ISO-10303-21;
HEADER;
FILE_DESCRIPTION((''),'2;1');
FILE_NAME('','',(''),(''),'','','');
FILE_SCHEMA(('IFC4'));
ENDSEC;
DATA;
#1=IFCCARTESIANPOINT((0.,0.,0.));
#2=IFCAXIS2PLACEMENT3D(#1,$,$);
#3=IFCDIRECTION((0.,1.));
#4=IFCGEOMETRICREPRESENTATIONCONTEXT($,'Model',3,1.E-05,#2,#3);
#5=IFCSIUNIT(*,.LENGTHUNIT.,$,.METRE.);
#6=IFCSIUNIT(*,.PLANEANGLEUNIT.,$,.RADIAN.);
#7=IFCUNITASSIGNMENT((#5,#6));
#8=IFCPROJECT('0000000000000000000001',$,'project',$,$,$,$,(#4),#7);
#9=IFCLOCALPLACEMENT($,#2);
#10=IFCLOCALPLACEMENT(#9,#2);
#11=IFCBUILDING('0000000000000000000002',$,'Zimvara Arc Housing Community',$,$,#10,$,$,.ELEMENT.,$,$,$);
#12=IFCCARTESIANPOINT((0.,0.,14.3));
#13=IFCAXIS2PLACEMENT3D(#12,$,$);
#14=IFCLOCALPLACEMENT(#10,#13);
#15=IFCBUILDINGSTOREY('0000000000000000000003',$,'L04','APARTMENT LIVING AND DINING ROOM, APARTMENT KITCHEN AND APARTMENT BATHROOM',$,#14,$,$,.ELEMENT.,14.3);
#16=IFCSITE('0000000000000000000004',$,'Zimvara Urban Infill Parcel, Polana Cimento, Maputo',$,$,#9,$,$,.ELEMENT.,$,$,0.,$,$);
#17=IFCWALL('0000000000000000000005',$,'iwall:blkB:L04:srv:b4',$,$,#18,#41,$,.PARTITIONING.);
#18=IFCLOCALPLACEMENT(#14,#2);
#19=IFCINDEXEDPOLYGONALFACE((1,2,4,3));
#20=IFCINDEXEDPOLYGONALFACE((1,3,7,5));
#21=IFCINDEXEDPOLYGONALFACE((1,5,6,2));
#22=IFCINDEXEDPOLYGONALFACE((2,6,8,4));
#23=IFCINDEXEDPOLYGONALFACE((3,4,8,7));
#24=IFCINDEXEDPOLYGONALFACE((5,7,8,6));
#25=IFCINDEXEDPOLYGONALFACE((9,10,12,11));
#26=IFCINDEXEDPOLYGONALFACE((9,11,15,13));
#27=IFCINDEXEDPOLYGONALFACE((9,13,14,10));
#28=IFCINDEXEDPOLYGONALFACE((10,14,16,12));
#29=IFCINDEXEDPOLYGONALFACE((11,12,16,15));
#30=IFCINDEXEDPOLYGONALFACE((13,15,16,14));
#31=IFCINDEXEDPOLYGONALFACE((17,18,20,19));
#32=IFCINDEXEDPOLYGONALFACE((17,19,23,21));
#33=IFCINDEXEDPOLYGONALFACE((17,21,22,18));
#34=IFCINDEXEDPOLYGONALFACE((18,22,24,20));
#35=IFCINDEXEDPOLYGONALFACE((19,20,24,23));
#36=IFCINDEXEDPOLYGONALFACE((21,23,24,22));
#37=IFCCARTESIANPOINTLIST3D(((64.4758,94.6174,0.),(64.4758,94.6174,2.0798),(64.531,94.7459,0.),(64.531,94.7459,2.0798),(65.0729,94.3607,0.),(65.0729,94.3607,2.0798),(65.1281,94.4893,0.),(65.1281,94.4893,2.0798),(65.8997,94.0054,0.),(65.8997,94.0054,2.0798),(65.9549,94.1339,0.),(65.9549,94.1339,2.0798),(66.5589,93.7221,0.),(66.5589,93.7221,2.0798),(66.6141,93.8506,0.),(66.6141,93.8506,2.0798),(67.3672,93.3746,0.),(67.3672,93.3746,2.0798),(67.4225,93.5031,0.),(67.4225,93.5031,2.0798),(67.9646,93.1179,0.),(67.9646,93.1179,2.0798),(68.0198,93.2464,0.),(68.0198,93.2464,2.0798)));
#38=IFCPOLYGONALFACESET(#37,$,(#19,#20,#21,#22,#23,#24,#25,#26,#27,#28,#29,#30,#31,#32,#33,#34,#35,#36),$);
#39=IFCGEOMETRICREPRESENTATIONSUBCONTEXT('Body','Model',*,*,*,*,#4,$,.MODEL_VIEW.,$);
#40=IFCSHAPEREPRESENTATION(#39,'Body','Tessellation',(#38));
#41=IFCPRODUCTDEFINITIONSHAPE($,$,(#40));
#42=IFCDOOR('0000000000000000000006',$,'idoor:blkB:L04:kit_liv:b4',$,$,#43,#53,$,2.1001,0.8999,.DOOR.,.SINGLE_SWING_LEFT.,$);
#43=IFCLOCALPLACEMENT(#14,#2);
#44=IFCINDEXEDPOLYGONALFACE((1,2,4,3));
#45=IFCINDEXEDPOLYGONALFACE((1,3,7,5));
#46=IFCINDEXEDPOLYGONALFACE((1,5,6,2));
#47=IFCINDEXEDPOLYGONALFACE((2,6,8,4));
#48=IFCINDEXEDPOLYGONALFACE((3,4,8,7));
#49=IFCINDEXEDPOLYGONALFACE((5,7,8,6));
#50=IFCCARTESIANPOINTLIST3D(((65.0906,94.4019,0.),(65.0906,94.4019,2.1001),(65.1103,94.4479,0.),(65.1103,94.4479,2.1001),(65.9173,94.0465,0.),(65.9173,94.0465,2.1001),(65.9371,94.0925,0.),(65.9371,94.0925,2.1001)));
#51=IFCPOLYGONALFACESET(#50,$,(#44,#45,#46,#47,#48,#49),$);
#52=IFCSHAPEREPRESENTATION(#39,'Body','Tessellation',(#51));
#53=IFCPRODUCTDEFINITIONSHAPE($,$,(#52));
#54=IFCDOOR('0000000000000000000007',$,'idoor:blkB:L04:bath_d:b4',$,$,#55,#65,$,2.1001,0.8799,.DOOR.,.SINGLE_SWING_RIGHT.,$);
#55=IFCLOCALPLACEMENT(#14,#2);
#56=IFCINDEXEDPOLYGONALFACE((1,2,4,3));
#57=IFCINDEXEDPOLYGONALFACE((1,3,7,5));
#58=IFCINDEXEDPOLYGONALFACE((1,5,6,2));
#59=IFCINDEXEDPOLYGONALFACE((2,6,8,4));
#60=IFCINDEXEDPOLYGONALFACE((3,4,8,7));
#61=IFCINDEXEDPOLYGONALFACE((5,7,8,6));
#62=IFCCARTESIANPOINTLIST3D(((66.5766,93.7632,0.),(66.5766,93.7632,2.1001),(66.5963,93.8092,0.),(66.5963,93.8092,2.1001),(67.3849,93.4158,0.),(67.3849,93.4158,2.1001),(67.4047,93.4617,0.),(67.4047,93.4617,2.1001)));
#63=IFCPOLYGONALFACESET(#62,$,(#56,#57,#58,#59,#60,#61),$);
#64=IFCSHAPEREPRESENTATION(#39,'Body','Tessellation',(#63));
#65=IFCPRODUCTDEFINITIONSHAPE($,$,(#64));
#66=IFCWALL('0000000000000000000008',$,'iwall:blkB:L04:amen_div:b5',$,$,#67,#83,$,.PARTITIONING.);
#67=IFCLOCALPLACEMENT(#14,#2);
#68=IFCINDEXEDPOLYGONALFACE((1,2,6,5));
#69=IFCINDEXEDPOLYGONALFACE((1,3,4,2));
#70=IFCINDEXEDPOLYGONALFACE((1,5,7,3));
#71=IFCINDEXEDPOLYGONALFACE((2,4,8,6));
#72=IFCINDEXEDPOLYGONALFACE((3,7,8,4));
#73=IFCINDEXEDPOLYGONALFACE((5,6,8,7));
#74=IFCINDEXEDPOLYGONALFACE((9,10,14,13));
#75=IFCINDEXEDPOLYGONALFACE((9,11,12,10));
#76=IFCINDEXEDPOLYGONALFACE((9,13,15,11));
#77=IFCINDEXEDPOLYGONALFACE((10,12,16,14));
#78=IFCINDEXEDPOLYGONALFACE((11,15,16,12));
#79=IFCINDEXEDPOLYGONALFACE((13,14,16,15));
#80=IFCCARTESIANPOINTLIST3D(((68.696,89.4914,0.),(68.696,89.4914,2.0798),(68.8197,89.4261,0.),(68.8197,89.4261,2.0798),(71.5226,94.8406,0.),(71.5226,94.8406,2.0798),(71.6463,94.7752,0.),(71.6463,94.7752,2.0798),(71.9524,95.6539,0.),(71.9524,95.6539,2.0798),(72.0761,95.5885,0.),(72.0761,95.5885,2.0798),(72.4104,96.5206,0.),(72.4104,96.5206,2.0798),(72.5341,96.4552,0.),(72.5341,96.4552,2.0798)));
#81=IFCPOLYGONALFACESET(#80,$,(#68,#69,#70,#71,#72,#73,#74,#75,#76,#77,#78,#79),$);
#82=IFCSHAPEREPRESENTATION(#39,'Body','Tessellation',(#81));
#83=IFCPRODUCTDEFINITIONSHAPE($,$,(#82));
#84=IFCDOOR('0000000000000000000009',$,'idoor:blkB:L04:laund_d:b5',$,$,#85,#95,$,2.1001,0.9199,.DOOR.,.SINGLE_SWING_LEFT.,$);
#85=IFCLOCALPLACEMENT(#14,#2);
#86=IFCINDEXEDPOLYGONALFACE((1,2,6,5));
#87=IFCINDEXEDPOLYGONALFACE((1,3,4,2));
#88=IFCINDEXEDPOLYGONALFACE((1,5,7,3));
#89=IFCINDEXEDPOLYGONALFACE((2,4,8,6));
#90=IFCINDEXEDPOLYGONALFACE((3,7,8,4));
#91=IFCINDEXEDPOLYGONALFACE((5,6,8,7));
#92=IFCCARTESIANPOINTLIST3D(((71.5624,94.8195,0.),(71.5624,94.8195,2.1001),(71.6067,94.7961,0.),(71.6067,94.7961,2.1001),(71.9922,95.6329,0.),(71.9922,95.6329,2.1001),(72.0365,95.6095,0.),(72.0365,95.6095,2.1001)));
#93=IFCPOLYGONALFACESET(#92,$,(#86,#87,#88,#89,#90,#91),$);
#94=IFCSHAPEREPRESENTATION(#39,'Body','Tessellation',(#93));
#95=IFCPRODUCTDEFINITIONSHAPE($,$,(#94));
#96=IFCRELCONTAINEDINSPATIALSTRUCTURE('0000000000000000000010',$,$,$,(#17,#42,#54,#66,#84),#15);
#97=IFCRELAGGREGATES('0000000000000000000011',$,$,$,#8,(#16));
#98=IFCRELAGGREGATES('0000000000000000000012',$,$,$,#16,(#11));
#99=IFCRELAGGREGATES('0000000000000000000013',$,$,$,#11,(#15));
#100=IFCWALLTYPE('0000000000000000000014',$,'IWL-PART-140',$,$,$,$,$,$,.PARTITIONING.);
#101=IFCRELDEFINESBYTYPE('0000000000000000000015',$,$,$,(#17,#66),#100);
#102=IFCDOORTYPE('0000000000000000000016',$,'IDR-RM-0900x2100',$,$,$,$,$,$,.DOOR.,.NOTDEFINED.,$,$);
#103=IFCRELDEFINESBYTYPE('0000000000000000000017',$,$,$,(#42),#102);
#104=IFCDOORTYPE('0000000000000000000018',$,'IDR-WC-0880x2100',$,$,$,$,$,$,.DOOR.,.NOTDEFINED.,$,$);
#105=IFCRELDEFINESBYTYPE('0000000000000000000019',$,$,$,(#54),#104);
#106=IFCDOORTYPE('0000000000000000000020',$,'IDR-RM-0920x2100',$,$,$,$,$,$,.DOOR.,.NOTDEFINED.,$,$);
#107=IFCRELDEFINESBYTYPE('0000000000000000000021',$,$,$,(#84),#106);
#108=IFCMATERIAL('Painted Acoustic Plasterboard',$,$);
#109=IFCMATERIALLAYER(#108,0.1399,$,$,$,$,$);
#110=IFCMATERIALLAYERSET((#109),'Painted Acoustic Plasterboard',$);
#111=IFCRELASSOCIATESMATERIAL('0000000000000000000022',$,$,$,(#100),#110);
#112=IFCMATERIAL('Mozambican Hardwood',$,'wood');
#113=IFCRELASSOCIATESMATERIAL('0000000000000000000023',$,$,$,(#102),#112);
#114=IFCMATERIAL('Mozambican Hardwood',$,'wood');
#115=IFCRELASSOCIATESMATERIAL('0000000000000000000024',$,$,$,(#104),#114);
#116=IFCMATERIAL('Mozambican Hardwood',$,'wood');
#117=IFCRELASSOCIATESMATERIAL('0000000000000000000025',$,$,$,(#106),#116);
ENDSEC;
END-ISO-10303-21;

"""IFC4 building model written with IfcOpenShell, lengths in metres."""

from ifc_helpers import new_model, si_unit, direction, frame, frame_2d, origin, place, context, subcontext, project, spatial, rectangle, extrude, material, layer, layer_set, type_object, element, fill, save


model = new_model("IFC4")

# Units and contexts
model_context = context("Model", 3, precision=1e-05, world=origin(), true_north=direction((0.0, 1.0)))
body_context = subcontext(model_context, "Body", "Model", "MODEL_VIEW")
ifc_project = project(units=[si_unit("LENGTHUNIT", "METRE"), si_unit("PLANEANGLEUNIT", "RADIAN")], contexts=[model_context])

# Site, building, storey
site_placement = place(None, origin())
site = spatial("IfcSite", under=ifc_project, at=site_placement, Name="Zimvara Urban Infill Parcel, Polana Cimento, Maputo", CompositionType="ELEMENT", RefElevation=0.0)
building_placement = place(site_placement, origin())
building = spatial("IfcBuilding", under=site, at=building_placement, Name="Zimvara Arc Housing Community", CompositionType="ELEMENT")
storey_placement = place(building_placement, frame((0.0, 0.0, 14.3)))
storey = spatial("IfcBuildingStorey", under=building, at=storey_placement, Name="L04", Description="APARTMENT LIVING AND DINING ROOM, APARTMENT KITCHEN AND APARTMENT BATHROOM", CompositionType="ELEMENT", Elevation=14.3)

# Wall, openings, doors
ifc_material_1 = material(Name="Painted Acoustic Plasterboard")
ifc_layer_1 = layer(ifc_material_1, 0.1399)
ifc_layer_set_1 = layer_set([ifc_layer_1], Name="Painted Acoustic Plasterboard")
wall_type_1 = type_object("IfcWallType", Name="IWL-PART-140", PredefinedType="PARTITIONING", material=ifc_layer_set_1)
wall_1_placement = place(storey_placement, frame((64.5034, 94.6816, 0.0), z_axis=(0.0, 0.0, 1.0), x_axis=(0.918732, -0.394881, 0.0)))
wall_1 = element("IfcWall", 1, at=wall_1_placement, inside=storey, type_object=wall_type_1, Name="iwall:blkB:L04:srv:b4", PredefinedType="PARTITIONING", context=body_context, shape_type="SweptSolid", body=[
    extrude(rectangle(XDim=3.7974, YDim=0.1399, at=frame_2d((1.8987, 0.0))), origin(), (0.0, 0.0, 1.0), 2.0798),
])
opening_1_placement = place(wall_1_placement, frame((0.6499, 0.0, 0.0)))
opening_1 = element("IfcOpeningElement", 2, at=opening_1_placement, cuts=wall_1, PredefinedType="OPENING", context=body_context, shape_type="SweptSolid", body=[
    extrude(rectangle(XDim=0.8999, YDim=2.1001, at=frame_2d((0.45, 1.05))), frame((0.0, 0.0798, 0.0), z_axis=(0.0, -1.0, 0.0), x_axis=(1.0, 0.0, 0.0)), (0.0, 0.0, 1.0), 0.1599),
])
opening_2_placement = place(wall_1_placement, frame((2.2673, 0.0, 0.0)))
opening_2 = element("IfcOpeningElement", 3, at=opening_2_placement, cuts=wall_1, PredefinedType="OPENING", context=body_context, shape_type="SweptSolid", body=[
    extrude(rectangle(XDim=0.8799, YDim=2.1001, at=frame_2d((0.4399, 1.05))), frame((0.0, 0.0798, 0.0), z_axis=(0.0, -1.0, 0.0), x_axis=(1.0, 0.0, 0.0)), (0.0, 0.0, 1.0), 0.1599),
])
ifc_material_2 = material(Name="Mozambican Hardwood", Category="wood")
door_type_1 = type_object("IfcDoorType", Name="IDR-RM-0900x2100", OperationType="NOTDEFINED", PredefinedType="DOOR", material=ifc_material_2)
door_1_placement = place(opening_1_placement, origin())
door_1 = element("IfcDoor", 4, at=door_1_placement, inside=storey, type_object=door_type_1, Name="idoor:blkB:L04:kit_liv:b4", OperationType="SINGLE_SWING_LEFT", OverallHeight=2.1001, OverallWidth=0.8999, PredefinedType="DOOR", context=body_context, shape_type="SweptSolid", body=[
    extrude(rectangle(XDim=0.8999, YDim=2.1001, at=frame_2d((0.45, 1.05))), frame((0.0, 0.0249, 0.0), z_axis=(0.0, -1.0, 0.0), x_axis=(1.0, 0.0, 0.0)), (0.0, 0.0, 1.0), 0.05),
])
fill(opening_1, door_1)
ifc_material_3 = material(Name="Mozambican Hardwood", Category="wood")
door_type_2 = type_object("IfcDoorType", Name="IDR-WC-0880x2100", OperationType="NOTDEFINED", PredefinedType="DOOR", material=ifc_material_3)
door_2_placement = place(opening_2_placement, origin())
door_2 = element("IfcDoor", 5, at=door_2_placement, inside=storey, type_object=door_type_2, Name="idoor:blkB:L04:bath_d:b4", OperationType="SINGLE_SWING_RIGHT", OverallHeight=2.1001, OverallWidth=0.8799, PredefinedType="DOOR", context=body_context, shape_type="SweptSolid", body=[
    extrude(rectangle(XDim=0.8799, YDim=2.1001, at=frame_2d((0.4399, 1.05))), frame((0.0, 0.0249, 0.0), z_axis=(0.0, -1.0, 0.0), x_axis=(1.0, 0.0, 0.0)), (0.0, 0.0, 1.0), 0.05),
])
fill(opening_2, door_2)

# Wall, opening, door
wall_2_placement = place(storey_placement, frame((68.7578, 89.4587, 0.0), z_axis=(0.0, 0.0, 1.0), x_axis=(0.467209, 0.884147, 0.0)))
wall_2 = element("IfcWall", 6, at=wall_2_placement, inside=storey, type_object=wall_type_1, Name="iwall:blkB:L04:amen_div:b5", PredefinedType="PARTITIONING", context=body_context, shape_type="SweptSolid", body=[
    extrude(rectangle(XDim=7.9502, YDim=0.1399, at=frame_2d((3.9751, 0.0))), origin(), (0.0, 0.0, 1.0), 2.0798),
])
opening_3_placement = place(wall_2_placement, frame((6.05, 0.0, 0.0)))
opening_3 = element("IfcOpeningElement", 7, at=opening_3_placement, cuts=wall_2, PredefinedType="OPENING", context=body_context, shape_type="SweptSolid", body=[
    extrude(rectangle(XDim=0.9199, YDim=2.1001, at=frame_2d((0.46, 1.05))), frame((0.0, 0.0798, 0.0), z_axis=(0.0, -1.0, 0.0), x_axis=(1.0, 0.0, 0.0)), (0.0, 0.0, 1.0), 0.1599),
])
ifc_material_4 = material(Name="Mozambican Hardwood", Category="wood")
door_type_3 = type_object("IfcDoorType", Name="IDR-RM-0920x2100", OperationType="NOTDEFINED", PredefinedType="DOOR", material=ifc_material_4)
door_3_placement = place(opening_3_placement, origin())
door_3 = element("IfcDoor", 8, at=door_3_placement, inside=storey, type_object=door_type_3, Name="idoor:blkB:L04:laund_d:b5", OperationType="SINGLE_SWING_LEFT", OverallHeight=2.1001, OverallWidth=0.9199, PredefinedType="DOOR", context=body_context, shape_type="SweptSolid", body=[
    extrude(rectangle(XDim=0.9199, YDim=2.1001, at=frame_2d((0.46, 1.05))), frame((0.0, 0.0249, 0.0), z_axis=(0.0, -1.0, 0.0), x_axis=(1.0, 0.0, 0.0)), (0.0, 0.0, 1.0), 0.05),
])
fill(opening_3, door_3)

save(model, "model.ifc")
